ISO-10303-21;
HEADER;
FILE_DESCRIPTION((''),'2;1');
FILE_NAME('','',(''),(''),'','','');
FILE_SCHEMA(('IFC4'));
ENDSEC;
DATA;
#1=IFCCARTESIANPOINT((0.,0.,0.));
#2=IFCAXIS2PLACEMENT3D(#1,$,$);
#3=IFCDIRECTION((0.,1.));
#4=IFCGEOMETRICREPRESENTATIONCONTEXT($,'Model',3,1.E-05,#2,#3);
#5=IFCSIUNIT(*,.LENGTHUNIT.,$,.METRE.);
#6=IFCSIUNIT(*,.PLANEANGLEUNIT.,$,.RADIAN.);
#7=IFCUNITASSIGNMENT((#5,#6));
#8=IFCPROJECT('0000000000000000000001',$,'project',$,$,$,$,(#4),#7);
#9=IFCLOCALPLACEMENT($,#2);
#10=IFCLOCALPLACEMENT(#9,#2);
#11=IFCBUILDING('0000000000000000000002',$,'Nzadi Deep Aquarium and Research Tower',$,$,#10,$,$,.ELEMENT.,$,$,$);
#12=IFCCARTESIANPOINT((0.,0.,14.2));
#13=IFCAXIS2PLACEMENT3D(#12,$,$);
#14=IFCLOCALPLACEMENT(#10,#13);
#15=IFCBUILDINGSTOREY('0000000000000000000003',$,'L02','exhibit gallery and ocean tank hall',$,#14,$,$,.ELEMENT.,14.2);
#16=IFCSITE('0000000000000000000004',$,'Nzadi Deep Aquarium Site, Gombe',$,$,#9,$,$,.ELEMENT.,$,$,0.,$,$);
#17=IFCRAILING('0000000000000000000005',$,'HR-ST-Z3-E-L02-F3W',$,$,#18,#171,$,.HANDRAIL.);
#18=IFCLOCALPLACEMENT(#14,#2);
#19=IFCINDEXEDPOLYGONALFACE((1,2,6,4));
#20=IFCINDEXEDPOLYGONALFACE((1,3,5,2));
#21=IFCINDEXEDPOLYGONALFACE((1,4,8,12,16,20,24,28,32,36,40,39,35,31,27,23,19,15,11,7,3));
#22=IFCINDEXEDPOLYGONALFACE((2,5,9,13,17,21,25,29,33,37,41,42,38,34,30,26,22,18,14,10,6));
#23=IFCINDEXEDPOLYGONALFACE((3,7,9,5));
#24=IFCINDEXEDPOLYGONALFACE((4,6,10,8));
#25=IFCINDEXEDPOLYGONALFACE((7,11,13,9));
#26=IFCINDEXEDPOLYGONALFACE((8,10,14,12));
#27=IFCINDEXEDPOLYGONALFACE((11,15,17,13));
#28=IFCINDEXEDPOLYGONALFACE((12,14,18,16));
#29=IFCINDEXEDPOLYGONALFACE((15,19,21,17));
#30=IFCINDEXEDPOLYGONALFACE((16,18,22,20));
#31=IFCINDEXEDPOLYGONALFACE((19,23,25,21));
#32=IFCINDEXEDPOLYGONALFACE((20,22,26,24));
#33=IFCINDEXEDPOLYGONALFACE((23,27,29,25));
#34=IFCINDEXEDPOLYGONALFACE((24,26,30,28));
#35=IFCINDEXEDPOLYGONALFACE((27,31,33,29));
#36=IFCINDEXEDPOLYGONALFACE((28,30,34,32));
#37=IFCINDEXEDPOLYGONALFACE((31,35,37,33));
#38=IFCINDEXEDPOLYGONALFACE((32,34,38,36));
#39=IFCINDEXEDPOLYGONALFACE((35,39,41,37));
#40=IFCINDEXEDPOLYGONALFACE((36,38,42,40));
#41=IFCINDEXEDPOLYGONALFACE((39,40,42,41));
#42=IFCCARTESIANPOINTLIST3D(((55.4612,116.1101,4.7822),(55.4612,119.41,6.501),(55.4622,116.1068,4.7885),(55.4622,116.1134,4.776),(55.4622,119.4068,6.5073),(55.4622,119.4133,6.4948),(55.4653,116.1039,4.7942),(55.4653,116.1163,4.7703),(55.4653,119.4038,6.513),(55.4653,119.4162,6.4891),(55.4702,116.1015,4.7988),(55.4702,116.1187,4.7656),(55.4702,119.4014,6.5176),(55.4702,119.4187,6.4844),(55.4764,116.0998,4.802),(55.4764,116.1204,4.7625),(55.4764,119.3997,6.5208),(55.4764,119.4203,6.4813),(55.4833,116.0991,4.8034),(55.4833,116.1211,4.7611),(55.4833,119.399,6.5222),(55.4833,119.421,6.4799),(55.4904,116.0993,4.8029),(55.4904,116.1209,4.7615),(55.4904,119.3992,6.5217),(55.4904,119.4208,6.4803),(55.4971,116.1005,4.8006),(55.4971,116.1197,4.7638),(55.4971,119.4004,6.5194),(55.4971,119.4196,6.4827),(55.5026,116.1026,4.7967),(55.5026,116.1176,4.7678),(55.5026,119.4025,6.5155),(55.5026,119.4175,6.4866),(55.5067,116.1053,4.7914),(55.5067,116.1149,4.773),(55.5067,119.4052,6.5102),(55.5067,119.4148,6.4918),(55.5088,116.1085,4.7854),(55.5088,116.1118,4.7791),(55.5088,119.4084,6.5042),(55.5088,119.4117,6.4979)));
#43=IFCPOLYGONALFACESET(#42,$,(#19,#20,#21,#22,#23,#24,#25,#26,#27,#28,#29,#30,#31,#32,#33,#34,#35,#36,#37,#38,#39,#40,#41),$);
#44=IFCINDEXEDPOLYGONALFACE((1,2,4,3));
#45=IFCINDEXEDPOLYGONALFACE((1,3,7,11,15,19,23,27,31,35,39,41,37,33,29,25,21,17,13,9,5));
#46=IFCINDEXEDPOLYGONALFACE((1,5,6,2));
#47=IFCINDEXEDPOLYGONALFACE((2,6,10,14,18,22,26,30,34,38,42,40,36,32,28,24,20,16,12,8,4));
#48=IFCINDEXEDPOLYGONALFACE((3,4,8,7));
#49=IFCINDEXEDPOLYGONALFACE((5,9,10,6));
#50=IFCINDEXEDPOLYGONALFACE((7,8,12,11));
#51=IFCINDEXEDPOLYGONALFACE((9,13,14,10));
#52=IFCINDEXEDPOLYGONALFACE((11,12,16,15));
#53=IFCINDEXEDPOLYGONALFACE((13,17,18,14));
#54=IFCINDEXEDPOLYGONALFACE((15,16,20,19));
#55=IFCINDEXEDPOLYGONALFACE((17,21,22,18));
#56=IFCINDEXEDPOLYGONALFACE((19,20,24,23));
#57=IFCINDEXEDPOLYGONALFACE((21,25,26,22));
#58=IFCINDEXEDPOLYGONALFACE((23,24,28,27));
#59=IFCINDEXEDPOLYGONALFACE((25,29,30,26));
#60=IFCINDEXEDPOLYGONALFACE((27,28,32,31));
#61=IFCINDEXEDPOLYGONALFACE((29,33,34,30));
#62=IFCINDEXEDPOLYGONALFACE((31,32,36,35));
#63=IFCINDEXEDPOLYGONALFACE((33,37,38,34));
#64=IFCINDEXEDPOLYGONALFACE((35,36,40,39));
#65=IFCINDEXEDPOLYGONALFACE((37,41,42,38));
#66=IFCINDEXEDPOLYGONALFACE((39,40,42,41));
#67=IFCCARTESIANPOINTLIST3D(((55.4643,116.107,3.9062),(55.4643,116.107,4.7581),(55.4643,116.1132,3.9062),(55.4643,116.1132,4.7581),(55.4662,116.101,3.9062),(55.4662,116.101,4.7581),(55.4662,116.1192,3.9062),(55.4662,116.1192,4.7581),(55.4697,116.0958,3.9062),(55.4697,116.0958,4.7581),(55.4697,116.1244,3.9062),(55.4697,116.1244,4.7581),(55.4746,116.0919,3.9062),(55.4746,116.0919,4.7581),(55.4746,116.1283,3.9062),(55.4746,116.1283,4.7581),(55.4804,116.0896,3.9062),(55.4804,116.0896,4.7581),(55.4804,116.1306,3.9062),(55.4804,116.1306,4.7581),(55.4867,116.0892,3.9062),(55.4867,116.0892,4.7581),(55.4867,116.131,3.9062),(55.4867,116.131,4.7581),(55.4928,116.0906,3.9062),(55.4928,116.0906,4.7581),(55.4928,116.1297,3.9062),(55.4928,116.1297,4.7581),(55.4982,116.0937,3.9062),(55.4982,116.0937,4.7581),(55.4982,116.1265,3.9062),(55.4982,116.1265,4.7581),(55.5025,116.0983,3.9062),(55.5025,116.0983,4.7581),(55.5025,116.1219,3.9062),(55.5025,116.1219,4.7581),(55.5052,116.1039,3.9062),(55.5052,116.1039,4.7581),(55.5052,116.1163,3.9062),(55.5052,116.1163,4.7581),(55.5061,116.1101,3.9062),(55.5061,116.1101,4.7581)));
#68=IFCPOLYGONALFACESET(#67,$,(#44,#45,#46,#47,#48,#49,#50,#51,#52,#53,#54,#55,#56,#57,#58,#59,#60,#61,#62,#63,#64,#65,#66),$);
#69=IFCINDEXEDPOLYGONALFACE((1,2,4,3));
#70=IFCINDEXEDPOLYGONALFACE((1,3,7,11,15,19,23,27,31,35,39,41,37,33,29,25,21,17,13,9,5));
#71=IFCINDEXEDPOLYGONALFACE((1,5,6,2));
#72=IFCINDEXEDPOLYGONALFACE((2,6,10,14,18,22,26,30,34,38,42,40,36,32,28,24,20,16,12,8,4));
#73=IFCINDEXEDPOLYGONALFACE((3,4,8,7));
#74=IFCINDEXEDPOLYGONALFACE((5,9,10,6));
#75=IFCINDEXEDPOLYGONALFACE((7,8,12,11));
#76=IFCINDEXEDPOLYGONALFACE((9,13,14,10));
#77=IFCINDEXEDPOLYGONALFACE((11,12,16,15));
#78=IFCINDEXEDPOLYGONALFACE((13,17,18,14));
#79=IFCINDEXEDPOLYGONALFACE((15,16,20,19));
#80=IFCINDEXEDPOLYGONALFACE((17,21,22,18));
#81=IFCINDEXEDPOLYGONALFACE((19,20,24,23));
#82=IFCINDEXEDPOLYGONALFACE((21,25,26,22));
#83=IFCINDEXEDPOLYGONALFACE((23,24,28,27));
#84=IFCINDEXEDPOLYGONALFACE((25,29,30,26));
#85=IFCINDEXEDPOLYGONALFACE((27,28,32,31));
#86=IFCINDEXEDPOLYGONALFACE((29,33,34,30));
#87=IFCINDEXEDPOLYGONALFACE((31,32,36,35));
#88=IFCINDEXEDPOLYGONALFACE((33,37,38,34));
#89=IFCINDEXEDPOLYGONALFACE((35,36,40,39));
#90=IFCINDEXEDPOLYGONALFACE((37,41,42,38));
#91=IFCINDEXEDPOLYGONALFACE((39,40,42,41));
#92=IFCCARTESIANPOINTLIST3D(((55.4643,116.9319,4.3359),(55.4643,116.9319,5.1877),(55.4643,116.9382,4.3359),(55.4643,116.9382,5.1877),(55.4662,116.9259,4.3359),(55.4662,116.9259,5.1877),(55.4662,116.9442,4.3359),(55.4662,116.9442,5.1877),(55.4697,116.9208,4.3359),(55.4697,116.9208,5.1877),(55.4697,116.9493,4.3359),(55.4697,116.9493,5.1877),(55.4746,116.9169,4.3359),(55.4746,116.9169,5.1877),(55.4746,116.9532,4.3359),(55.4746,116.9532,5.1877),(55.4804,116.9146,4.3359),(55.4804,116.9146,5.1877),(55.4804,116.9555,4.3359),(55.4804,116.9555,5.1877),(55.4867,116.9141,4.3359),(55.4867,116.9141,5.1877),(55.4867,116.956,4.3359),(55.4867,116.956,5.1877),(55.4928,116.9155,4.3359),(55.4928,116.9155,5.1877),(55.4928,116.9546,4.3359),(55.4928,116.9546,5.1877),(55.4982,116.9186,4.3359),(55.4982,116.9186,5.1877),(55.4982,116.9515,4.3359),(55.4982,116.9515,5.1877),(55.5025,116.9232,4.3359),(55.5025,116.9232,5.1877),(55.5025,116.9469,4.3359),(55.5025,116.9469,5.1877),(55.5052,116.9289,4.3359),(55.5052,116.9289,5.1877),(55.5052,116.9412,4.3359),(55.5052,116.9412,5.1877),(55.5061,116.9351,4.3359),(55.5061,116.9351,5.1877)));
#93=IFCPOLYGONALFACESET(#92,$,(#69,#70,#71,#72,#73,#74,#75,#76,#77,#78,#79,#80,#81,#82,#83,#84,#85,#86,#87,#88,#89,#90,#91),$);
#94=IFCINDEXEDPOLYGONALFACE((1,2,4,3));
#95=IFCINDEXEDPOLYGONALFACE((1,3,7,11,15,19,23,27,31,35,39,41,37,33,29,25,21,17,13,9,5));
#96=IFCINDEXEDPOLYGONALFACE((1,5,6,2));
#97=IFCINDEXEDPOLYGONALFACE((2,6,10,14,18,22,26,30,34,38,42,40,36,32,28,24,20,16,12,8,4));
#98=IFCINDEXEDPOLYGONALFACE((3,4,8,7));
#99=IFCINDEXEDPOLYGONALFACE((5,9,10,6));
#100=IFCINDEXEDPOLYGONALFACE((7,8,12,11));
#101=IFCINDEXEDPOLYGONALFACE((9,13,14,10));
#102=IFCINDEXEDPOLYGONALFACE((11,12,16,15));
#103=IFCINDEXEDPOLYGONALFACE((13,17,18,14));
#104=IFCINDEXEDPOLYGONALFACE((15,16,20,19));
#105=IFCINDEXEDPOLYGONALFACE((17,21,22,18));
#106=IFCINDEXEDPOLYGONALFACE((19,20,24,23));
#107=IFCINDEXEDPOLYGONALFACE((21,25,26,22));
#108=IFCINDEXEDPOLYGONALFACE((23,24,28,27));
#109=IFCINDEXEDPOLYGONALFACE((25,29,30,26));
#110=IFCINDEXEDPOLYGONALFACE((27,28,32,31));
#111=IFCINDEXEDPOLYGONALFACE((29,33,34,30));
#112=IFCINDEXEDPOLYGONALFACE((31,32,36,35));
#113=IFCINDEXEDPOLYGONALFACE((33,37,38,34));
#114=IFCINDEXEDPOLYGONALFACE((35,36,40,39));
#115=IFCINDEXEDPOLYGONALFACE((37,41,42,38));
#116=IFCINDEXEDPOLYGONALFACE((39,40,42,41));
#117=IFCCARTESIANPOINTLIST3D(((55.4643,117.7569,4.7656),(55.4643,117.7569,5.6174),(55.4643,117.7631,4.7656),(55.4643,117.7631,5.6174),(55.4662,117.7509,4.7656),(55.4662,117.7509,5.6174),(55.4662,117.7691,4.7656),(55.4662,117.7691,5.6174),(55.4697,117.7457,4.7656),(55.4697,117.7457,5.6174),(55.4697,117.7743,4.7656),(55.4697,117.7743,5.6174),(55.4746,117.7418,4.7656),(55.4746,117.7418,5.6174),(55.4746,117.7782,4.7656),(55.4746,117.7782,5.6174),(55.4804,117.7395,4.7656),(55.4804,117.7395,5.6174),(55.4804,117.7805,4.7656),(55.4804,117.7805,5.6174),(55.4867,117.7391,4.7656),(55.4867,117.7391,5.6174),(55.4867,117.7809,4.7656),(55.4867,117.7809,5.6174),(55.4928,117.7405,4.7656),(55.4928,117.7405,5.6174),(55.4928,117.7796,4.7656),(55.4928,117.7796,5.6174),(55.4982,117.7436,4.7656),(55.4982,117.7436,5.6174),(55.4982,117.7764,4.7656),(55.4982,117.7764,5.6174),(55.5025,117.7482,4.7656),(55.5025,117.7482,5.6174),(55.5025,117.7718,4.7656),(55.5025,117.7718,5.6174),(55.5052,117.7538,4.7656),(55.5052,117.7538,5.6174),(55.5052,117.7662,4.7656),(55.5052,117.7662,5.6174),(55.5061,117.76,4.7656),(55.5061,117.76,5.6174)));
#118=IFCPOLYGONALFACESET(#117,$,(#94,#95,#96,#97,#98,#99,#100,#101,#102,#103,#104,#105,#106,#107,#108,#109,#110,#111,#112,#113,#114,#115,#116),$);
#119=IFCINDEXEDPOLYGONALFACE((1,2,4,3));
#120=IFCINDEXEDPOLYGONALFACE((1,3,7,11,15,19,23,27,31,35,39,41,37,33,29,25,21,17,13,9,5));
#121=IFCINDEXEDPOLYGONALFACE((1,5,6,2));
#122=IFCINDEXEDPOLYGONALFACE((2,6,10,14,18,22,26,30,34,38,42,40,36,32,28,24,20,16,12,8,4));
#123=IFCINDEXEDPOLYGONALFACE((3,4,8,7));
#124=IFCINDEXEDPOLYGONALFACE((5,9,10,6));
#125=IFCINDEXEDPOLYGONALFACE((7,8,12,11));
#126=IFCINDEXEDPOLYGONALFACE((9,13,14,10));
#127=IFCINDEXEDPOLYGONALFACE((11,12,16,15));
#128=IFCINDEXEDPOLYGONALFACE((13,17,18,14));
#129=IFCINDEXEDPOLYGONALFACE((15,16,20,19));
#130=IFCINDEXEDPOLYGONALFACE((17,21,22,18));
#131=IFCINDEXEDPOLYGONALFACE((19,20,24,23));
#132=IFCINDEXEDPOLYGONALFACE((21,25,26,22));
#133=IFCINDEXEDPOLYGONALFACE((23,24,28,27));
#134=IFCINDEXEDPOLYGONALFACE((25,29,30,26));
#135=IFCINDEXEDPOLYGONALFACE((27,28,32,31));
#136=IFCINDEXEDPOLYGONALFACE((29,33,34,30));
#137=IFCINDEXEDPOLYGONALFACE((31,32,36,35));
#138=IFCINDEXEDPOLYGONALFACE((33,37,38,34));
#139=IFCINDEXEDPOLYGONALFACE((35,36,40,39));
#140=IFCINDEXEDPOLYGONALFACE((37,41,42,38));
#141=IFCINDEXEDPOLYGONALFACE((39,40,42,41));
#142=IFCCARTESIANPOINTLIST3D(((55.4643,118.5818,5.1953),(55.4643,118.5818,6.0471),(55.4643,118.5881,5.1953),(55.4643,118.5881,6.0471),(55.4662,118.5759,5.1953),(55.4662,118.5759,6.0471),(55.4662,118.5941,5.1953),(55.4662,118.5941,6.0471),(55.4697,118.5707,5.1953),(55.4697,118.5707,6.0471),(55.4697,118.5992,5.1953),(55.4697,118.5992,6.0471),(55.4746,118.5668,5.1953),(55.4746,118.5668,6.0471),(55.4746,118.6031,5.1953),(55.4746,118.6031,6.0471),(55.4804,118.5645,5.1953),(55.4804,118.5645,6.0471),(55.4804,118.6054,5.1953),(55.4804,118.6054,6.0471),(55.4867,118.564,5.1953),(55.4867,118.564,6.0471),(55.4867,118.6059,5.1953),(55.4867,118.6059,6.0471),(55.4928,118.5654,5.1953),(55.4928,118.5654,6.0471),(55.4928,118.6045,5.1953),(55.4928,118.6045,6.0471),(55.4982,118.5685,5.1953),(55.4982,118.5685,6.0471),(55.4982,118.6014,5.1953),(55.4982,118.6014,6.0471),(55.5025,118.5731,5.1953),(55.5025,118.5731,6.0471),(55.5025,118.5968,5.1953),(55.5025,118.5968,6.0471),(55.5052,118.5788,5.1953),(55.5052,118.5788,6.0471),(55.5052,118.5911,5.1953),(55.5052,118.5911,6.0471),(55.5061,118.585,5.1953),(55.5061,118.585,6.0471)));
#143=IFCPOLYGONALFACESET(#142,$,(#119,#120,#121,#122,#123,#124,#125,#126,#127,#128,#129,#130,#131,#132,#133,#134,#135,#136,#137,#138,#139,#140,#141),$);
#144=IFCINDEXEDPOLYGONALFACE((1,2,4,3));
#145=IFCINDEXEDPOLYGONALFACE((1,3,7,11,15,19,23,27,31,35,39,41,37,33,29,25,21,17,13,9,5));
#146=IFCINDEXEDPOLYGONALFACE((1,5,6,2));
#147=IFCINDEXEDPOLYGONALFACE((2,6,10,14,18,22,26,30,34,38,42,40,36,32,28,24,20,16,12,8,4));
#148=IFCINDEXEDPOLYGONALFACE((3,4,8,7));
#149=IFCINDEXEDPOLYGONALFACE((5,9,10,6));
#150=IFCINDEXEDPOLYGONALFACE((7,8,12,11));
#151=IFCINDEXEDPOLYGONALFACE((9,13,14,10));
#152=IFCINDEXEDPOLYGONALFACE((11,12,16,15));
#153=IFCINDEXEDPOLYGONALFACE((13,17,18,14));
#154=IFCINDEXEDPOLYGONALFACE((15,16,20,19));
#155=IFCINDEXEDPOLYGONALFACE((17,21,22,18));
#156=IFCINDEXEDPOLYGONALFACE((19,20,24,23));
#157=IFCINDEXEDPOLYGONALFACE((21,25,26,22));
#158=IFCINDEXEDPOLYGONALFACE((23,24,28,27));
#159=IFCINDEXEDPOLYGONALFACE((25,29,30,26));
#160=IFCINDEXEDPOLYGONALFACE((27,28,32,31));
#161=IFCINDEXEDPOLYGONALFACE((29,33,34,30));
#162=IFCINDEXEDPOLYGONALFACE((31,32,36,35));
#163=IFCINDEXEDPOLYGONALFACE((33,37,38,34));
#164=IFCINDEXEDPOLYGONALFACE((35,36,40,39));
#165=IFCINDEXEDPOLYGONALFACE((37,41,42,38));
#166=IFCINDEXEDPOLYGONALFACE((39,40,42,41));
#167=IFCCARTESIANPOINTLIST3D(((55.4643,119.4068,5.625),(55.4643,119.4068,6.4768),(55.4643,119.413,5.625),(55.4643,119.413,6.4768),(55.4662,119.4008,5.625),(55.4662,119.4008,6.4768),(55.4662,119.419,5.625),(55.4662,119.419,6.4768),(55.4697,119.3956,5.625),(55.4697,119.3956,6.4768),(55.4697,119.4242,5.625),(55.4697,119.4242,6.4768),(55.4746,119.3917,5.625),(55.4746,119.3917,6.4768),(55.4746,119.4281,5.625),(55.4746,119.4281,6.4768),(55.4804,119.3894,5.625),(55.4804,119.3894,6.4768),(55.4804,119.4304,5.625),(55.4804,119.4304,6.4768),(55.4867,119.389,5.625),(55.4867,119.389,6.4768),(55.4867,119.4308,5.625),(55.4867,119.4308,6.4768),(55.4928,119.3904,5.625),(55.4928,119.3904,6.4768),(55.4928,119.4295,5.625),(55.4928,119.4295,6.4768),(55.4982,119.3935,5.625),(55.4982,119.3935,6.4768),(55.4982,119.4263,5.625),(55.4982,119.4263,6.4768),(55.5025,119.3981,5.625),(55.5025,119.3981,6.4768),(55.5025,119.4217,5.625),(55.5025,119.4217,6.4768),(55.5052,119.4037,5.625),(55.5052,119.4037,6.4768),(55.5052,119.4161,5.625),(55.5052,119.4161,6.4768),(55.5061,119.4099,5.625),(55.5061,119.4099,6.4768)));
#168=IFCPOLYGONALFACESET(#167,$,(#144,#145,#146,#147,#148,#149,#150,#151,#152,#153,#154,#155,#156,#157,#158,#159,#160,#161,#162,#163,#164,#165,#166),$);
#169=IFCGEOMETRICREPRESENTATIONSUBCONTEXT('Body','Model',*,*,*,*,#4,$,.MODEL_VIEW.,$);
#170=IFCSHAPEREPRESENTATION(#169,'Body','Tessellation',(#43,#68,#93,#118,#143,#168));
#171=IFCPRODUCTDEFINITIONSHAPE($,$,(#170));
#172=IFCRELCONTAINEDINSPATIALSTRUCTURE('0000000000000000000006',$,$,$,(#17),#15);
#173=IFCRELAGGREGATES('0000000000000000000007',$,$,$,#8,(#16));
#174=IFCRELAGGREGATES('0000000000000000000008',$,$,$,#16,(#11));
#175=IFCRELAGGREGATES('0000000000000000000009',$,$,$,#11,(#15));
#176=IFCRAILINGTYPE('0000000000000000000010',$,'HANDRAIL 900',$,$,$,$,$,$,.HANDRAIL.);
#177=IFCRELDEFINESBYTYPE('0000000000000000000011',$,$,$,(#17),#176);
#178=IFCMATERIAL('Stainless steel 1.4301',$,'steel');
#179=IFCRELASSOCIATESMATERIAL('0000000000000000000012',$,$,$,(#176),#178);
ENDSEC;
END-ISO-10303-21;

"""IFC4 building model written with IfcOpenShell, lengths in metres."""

from ifc_helpers import new_model, si_unit, direction, frame, origin, origin_2d, place, context, subcontext, project, spatial, circle, extrude, material, type_object, element, save


model = new_model("IFC4")

# Units and contexts
model_context = context("Model", 3, precision=1e-05, world=origin(), true_north=direction((0.0, 1.0)))
body_context = subcontext(model_context, "Body", "Model", "MODEL_VIEW")
ifc_project = project(units=[si_unit("LENGTHUNIT", "METRE"), si_unit("PLANEANGLEUNIT", "RADIAN")], contexts=[model_context])

# Site, building, storey
site_placement = place(None, origin())
site = spatial("IfcSite", under=ifc_project, at=site_placement, Name="Nzadi Deep Aquarium Site, Gombe", CompositionType="ELEMENT", RefElevation=0.0)
building_placement = place(site_placement, origin())
building = spatial("IfcBuilding", under=site, at=building_placement, Name="Nzadi Deep Aquarium and Research Tower", CompositionType="ELEMENT")
storey_placement = place(building_placement, frame((0.0, 0.0, 14.2)))
storey = spatial("IfcBuildingStorey", under=building, at=storey_placement, Name="L02", Description="exhibit gallery and ocean tank hall", CompositionType="ELEMENT", Elevation=14.2)

# Railing
ifc_material_1 = material(Name="Stainless steel 1.4301", Category="steel")
railing_type = type_object("IfcRailingType", Name="HANDRAIL 900", PredefinedType="HANDRAIL", material=ifc_material_1)
for number, where, name in (
    (1, (55.4851, 116.1101, 3.9062), "HR-ST-Z3-E-L02-F3W"),
):
    element("IfcRailing", number, at=place(storey_placement, frame(where)), inside=storey, type_object=railing_type, Name=name, PredefinedType="HANDRAIL", context=body_context, shape_type="SweptSolid", body=[
        extrude(circle(Radius=0.0239, at=origin_2d()), frame((0.0, 0.0, 0.876), z_axis=(0.0, 0.886903, 0.461956), x_axis=(-1.0, 0.0, 0.0)), (0.0, 0.0, 1.0), 3.7207),
        extrude(circle(Radius=0.021, at=origin_2d()), origin(), (0.0, 0.0, 1.0), 0.8518),
        extrude(circle(Radius=0.021, at=origin_2d()), frame((0.0, 0.825, 0.4297)), (0.0, 0.0, 1.0), 0.8518),
        extrude(circle(Radius=0.021, at=origin_2d()), frame((0.0, 1.6499, 0.8594)), (0.0, 0.0, 1.0), 0.8518),
        extrude(circle(Radius=0.021, at=origin_2d()), frame((0.0, 2.4749, 1.2891)), (0.0, 0.0, 1.0), 0.8518),
        extrude(circle(Radius=0.021, at=origin_2d()), frame((0.0, 3.2998, 1.7188)), (0.0, 0.0, 1.0), 0.8518),
    ])

save(model, "model.ifc")
